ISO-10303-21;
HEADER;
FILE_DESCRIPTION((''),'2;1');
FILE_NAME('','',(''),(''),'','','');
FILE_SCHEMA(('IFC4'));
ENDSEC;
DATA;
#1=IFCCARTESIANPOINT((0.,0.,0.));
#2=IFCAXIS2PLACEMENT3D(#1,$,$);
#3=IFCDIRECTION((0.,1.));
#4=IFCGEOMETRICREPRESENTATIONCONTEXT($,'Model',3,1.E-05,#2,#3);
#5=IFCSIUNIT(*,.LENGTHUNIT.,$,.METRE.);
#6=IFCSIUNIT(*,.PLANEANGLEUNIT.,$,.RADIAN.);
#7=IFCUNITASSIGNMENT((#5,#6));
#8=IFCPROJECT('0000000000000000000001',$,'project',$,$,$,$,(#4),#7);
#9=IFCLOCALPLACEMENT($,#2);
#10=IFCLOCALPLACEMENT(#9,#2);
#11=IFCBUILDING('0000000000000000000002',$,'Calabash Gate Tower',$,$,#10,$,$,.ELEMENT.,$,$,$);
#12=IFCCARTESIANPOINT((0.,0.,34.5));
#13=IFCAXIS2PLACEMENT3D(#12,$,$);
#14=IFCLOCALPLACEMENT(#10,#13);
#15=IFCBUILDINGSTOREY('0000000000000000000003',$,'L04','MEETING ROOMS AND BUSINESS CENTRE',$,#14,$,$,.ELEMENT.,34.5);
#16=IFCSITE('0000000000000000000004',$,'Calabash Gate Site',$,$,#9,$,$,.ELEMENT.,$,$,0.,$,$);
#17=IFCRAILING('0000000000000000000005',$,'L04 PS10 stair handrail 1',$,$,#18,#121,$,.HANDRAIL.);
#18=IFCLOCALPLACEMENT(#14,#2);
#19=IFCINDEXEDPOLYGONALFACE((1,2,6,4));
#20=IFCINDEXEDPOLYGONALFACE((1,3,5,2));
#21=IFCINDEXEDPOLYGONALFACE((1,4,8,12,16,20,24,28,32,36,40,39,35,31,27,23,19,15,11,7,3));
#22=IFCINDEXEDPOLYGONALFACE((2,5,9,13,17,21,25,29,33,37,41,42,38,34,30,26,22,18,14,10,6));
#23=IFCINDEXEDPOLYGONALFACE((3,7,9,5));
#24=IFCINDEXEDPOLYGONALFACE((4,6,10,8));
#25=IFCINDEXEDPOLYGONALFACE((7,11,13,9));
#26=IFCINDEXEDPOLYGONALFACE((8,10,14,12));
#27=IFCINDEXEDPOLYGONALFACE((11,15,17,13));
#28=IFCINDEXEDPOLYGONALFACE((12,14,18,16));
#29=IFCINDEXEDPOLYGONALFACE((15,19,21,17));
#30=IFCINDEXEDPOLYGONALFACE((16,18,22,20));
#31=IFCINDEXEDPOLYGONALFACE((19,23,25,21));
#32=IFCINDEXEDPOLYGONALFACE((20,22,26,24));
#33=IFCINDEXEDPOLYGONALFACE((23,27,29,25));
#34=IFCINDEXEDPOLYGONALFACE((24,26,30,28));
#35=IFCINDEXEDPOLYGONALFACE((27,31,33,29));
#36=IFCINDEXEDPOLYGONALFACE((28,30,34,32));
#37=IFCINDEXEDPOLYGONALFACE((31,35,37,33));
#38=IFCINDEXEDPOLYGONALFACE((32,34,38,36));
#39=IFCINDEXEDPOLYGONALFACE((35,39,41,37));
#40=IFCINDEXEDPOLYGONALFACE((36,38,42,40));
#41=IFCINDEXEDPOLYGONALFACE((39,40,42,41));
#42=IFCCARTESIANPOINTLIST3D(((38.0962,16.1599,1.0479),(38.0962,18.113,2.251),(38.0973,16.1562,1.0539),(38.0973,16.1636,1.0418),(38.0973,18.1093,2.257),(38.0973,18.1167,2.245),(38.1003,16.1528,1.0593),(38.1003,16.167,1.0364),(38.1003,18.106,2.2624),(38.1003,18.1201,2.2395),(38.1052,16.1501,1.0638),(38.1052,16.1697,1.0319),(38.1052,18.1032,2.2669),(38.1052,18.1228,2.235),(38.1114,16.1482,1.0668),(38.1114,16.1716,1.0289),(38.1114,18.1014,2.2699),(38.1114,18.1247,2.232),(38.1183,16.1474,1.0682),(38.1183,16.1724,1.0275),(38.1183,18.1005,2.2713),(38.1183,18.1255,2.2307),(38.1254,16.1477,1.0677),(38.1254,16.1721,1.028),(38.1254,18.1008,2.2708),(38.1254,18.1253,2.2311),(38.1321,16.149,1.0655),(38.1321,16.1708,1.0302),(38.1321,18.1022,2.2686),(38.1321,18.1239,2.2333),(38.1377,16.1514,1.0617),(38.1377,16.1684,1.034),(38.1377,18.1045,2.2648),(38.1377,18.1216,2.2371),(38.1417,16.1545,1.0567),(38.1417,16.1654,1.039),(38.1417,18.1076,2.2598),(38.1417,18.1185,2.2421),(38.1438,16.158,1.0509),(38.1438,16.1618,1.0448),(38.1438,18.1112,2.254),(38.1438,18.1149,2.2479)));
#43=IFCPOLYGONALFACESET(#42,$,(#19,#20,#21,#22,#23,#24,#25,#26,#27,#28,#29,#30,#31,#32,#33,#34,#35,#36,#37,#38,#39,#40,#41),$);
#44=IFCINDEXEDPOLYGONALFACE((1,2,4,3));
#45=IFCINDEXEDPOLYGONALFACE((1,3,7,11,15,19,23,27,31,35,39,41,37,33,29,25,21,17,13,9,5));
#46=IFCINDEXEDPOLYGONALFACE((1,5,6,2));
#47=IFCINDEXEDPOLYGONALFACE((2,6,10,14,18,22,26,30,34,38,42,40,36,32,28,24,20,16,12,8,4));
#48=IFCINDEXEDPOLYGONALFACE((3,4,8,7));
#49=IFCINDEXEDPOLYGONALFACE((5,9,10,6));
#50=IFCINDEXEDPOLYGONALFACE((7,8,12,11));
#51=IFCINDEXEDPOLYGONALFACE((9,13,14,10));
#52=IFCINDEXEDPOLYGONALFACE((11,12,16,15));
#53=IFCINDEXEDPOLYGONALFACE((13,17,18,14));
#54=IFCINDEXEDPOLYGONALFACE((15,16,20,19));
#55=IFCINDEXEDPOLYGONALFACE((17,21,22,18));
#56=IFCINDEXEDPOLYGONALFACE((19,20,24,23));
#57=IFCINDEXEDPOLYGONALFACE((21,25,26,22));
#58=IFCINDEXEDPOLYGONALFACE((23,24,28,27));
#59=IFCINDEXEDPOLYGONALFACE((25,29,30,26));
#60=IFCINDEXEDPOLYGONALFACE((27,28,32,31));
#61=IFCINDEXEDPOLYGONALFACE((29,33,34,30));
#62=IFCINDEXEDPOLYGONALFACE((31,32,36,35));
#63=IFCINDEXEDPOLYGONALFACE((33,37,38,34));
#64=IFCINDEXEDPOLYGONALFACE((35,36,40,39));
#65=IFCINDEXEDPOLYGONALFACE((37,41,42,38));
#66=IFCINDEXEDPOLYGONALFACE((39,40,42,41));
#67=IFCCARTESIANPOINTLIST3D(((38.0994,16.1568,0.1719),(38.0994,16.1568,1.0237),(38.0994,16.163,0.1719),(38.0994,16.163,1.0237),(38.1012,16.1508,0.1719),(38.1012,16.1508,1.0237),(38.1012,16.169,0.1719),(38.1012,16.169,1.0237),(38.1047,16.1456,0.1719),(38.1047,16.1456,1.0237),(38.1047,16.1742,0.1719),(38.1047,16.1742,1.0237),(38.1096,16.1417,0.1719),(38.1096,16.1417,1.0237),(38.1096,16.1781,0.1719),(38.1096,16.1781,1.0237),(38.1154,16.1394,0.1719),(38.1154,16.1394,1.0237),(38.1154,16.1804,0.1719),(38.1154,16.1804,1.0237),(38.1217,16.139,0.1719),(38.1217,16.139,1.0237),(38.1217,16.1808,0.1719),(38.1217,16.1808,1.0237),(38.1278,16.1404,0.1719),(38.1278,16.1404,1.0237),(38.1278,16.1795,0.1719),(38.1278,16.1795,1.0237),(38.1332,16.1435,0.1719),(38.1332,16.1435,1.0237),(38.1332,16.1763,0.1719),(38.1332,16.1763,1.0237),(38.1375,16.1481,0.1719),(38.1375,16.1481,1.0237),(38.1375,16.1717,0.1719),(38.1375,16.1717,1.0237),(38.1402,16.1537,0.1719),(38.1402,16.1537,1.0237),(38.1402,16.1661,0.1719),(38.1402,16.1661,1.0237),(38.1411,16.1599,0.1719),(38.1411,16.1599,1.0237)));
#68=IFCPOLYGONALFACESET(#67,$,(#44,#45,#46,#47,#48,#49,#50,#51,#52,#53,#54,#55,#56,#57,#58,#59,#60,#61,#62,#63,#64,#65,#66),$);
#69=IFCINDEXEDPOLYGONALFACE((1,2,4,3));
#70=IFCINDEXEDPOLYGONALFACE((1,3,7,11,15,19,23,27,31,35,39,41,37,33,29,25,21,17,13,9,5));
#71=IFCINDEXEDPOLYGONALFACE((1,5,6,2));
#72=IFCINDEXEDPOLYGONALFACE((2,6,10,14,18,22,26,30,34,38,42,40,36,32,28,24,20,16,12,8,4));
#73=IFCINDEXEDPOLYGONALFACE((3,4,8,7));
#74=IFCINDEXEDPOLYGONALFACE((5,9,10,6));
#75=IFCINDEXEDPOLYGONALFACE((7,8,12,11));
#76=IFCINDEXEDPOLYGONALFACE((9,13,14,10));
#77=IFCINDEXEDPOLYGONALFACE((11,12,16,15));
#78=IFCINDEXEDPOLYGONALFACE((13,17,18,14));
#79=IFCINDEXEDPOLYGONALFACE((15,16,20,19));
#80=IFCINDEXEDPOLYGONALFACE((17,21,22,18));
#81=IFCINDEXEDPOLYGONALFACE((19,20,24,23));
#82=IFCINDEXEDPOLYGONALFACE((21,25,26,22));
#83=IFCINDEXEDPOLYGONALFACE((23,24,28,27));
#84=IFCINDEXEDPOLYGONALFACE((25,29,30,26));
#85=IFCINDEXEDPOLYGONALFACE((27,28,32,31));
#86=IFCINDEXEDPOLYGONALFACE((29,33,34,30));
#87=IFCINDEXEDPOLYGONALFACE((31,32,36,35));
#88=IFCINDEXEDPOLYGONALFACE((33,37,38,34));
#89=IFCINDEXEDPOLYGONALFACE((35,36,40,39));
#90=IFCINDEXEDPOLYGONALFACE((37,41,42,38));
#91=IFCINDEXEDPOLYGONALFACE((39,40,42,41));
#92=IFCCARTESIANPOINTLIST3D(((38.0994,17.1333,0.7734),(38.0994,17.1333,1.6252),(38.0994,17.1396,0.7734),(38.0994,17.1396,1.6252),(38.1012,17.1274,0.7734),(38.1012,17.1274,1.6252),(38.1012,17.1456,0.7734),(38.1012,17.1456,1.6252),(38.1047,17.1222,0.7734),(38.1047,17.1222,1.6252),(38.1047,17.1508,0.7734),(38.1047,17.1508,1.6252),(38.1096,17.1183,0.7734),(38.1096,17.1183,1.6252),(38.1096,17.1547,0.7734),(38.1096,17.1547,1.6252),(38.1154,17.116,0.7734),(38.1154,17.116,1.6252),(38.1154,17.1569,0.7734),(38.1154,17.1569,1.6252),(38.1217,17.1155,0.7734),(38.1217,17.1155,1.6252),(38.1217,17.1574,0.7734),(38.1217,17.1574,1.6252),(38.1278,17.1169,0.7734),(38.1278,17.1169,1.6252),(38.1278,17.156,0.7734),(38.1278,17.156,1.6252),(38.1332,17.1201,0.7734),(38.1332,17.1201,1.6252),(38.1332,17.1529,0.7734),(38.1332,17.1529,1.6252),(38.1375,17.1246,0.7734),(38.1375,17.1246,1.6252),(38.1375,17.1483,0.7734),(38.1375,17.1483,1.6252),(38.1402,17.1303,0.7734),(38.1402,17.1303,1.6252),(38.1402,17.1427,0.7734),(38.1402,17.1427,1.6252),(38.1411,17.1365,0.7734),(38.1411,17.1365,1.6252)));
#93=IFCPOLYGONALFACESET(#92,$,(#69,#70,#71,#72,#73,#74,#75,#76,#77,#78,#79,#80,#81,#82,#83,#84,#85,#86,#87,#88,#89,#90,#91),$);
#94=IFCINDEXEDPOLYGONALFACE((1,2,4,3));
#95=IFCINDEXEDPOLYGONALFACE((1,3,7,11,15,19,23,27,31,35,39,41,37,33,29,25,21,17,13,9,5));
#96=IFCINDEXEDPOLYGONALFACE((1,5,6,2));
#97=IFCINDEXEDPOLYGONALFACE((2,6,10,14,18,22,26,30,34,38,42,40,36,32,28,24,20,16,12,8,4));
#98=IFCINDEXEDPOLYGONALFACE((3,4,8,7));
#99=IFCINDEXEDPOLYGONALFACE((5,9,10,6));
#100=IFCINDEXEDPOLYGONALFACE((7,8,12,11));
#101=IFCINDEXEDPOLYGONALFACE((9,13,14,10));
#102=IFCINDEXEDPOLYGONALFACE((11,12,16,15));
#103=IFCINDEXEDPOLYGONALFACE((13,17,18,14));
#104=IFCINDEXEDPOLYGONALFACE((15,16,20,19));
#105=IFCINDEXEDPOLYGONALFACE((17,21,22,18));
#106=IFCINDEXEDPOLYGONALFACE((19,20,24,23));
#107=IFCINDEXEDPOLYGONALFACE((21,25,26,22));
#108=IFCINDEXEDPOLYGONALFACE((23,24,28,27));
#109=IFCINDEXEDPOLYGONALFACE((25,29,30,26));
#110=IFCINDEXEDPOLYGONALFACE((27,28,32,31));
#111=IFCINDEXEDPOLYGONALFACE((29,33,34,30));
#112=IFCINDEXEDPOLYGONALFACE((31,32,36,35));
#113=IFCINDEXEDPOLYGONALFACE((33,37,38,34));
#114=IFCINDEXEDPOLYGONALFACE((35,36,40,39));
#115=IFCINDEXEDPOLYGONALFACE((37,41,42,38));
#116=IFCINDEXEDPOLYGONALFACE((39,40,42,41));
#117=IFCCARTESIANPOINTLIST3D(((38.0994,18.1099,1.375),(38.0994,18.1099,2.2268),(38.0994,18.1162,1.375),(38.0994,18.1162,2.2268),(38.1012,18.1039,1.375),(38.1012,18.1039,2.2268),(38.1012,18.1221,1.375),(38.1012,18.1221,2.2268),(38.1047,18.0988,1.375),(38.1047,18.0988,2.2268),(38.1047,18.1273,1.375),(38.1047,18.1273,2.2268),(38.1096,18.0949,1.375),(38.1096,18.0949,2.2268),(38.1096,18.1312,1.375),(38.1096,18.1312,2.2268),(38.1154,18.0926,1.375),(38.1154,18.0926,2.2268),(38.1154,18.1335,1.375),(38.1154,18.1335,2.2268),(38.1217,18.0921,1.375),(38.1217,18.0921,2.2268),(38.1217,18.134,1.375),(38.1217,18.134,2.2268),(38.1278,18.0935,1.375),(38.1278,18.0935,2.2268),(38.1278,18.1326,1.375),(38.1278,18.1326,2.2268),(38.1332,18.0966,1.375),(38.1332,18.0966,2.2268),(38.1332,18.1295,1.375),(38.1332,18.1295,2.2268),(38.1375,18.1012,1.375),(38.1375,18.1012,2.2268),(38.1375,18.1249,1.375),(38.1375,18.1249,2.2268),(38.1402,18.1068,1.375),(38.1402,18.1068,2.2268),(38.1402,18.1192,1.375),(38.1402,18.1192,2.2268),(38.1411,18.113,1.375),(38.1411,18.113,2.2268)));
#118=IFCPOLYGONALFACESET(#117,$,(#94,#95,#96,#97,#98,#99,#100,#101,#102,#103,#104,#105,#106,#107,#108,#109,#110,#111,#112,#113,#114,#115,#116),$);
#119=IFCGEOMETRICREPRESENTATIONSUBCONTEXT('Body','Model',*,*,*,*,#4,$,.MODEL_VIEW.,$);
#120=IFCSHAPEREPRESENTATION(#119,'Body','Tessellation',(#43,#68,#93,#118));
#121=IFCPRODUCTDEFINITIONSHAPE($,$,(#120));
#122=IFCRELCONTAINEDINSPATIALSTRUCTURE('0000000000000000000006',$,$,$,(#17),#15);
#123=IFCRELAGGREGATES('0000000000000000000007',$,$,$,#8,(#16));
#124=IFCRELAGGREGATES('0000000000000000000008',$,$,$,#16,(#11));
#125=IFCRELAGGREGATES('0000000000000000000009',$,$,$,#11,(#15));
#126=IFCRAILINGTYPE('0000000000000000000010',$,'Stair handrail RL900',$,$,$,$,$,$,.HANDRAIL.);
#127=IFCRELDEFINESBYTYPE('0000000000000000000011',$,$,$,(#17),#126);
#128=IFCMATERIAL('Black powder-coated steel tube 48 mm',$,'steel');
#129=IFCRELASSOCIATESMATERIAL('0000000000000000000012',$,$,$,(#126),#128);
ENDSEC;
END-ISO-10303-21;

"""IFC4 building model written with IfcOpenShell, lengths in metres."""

from ifc_helpers import new_model, si_unit, direction, frame, origin, origin_2d, place, context, subcontext, project, spatial, circle, extrude, material, type_object, element, save


model = new_model("IFC4")

# Units and contexts
model_context = context("Model", 3, precision=1e-05, world=origin(), true_north=direction((0.0, 1.0)))
body_context = subcontext(model_context, "Body", "Model", "MODEL_VIEW")
ifc_project = project(units=[si_unit("LENGTHUNIT", "METRE"), si_unit("PLANEANGLEUNIT", "RADIAN")], contexts=[model_context])

# Site, building, storey
site_placement = place(None, origin())
site = spatial("IfcSite", under=ifc_project, at=site_placement, Name="Calabash Gate Site", CompositionType="ELEMENT", RefElevation=0.0)
building_placement = place(site_placement, origin())
building = spatial("IfcBuilding", under=site, at=building_placement, Name="Calabash Gate Tower", CompositionType="ELEMENT")
storey_placement = place(building_placement, frame((0.0, 0.0, 34.5)))
storey = spatial("IfcBuildingStorey", under=building, at=storey_placement, Name="L04", Description="MEETING ROOMS AND BUSINESS CENTRE", CompositionType="ELEMENT", Elevation=34.5)

# Railing
ifc_material_1 = material(Name="Black powder-coated steel tube 48 mm", Category="steel")
railing_type_1 = type_object("IfcRailingType", Name="Stair handrail RL900", PredefinedType="HANDRAIL", material=ifc_material_1)
railing_1_placement = place(storey_placement, frame((38.1201, 16.1599, 0.1719)))
element("IfcRailing", 1, at=railing_1_placement, inside=storey, type_object=railing_type_1, Name="L04 PS10 stair handrail 1", PredefinedType="HANDRAIL", context=body_context, shape_type="SweptSolid", body=[
    extrude(circle(Radius=0.0239, at=origin_2d()), frame((0.0, 0.0, 0.876), z_axis=(0.0, 0.851424, 0.524477), x_axis=(-1.0, 0.0, 0.0)), (0.0, 0.0, 1.0), 2.2939),
    extrude(circle(Radius=0.021, at=origin_2d()), origin(), (0.0, 0.0, 1.0), 0.8518),
    extrude(circle(Radius=0.021, at=origin_2d()), frame((0.0, 0.9766, 0.6016)), (0.0, 0.0, 1.0), 0.8518),
    extrude(circle(Radius=0.021, at=origin_2d()), frame((0.0, 1.9531, 1.2031)), (0.0, 0.0, 1.0), 0.8518),
])

save(model, "model.ifc")
